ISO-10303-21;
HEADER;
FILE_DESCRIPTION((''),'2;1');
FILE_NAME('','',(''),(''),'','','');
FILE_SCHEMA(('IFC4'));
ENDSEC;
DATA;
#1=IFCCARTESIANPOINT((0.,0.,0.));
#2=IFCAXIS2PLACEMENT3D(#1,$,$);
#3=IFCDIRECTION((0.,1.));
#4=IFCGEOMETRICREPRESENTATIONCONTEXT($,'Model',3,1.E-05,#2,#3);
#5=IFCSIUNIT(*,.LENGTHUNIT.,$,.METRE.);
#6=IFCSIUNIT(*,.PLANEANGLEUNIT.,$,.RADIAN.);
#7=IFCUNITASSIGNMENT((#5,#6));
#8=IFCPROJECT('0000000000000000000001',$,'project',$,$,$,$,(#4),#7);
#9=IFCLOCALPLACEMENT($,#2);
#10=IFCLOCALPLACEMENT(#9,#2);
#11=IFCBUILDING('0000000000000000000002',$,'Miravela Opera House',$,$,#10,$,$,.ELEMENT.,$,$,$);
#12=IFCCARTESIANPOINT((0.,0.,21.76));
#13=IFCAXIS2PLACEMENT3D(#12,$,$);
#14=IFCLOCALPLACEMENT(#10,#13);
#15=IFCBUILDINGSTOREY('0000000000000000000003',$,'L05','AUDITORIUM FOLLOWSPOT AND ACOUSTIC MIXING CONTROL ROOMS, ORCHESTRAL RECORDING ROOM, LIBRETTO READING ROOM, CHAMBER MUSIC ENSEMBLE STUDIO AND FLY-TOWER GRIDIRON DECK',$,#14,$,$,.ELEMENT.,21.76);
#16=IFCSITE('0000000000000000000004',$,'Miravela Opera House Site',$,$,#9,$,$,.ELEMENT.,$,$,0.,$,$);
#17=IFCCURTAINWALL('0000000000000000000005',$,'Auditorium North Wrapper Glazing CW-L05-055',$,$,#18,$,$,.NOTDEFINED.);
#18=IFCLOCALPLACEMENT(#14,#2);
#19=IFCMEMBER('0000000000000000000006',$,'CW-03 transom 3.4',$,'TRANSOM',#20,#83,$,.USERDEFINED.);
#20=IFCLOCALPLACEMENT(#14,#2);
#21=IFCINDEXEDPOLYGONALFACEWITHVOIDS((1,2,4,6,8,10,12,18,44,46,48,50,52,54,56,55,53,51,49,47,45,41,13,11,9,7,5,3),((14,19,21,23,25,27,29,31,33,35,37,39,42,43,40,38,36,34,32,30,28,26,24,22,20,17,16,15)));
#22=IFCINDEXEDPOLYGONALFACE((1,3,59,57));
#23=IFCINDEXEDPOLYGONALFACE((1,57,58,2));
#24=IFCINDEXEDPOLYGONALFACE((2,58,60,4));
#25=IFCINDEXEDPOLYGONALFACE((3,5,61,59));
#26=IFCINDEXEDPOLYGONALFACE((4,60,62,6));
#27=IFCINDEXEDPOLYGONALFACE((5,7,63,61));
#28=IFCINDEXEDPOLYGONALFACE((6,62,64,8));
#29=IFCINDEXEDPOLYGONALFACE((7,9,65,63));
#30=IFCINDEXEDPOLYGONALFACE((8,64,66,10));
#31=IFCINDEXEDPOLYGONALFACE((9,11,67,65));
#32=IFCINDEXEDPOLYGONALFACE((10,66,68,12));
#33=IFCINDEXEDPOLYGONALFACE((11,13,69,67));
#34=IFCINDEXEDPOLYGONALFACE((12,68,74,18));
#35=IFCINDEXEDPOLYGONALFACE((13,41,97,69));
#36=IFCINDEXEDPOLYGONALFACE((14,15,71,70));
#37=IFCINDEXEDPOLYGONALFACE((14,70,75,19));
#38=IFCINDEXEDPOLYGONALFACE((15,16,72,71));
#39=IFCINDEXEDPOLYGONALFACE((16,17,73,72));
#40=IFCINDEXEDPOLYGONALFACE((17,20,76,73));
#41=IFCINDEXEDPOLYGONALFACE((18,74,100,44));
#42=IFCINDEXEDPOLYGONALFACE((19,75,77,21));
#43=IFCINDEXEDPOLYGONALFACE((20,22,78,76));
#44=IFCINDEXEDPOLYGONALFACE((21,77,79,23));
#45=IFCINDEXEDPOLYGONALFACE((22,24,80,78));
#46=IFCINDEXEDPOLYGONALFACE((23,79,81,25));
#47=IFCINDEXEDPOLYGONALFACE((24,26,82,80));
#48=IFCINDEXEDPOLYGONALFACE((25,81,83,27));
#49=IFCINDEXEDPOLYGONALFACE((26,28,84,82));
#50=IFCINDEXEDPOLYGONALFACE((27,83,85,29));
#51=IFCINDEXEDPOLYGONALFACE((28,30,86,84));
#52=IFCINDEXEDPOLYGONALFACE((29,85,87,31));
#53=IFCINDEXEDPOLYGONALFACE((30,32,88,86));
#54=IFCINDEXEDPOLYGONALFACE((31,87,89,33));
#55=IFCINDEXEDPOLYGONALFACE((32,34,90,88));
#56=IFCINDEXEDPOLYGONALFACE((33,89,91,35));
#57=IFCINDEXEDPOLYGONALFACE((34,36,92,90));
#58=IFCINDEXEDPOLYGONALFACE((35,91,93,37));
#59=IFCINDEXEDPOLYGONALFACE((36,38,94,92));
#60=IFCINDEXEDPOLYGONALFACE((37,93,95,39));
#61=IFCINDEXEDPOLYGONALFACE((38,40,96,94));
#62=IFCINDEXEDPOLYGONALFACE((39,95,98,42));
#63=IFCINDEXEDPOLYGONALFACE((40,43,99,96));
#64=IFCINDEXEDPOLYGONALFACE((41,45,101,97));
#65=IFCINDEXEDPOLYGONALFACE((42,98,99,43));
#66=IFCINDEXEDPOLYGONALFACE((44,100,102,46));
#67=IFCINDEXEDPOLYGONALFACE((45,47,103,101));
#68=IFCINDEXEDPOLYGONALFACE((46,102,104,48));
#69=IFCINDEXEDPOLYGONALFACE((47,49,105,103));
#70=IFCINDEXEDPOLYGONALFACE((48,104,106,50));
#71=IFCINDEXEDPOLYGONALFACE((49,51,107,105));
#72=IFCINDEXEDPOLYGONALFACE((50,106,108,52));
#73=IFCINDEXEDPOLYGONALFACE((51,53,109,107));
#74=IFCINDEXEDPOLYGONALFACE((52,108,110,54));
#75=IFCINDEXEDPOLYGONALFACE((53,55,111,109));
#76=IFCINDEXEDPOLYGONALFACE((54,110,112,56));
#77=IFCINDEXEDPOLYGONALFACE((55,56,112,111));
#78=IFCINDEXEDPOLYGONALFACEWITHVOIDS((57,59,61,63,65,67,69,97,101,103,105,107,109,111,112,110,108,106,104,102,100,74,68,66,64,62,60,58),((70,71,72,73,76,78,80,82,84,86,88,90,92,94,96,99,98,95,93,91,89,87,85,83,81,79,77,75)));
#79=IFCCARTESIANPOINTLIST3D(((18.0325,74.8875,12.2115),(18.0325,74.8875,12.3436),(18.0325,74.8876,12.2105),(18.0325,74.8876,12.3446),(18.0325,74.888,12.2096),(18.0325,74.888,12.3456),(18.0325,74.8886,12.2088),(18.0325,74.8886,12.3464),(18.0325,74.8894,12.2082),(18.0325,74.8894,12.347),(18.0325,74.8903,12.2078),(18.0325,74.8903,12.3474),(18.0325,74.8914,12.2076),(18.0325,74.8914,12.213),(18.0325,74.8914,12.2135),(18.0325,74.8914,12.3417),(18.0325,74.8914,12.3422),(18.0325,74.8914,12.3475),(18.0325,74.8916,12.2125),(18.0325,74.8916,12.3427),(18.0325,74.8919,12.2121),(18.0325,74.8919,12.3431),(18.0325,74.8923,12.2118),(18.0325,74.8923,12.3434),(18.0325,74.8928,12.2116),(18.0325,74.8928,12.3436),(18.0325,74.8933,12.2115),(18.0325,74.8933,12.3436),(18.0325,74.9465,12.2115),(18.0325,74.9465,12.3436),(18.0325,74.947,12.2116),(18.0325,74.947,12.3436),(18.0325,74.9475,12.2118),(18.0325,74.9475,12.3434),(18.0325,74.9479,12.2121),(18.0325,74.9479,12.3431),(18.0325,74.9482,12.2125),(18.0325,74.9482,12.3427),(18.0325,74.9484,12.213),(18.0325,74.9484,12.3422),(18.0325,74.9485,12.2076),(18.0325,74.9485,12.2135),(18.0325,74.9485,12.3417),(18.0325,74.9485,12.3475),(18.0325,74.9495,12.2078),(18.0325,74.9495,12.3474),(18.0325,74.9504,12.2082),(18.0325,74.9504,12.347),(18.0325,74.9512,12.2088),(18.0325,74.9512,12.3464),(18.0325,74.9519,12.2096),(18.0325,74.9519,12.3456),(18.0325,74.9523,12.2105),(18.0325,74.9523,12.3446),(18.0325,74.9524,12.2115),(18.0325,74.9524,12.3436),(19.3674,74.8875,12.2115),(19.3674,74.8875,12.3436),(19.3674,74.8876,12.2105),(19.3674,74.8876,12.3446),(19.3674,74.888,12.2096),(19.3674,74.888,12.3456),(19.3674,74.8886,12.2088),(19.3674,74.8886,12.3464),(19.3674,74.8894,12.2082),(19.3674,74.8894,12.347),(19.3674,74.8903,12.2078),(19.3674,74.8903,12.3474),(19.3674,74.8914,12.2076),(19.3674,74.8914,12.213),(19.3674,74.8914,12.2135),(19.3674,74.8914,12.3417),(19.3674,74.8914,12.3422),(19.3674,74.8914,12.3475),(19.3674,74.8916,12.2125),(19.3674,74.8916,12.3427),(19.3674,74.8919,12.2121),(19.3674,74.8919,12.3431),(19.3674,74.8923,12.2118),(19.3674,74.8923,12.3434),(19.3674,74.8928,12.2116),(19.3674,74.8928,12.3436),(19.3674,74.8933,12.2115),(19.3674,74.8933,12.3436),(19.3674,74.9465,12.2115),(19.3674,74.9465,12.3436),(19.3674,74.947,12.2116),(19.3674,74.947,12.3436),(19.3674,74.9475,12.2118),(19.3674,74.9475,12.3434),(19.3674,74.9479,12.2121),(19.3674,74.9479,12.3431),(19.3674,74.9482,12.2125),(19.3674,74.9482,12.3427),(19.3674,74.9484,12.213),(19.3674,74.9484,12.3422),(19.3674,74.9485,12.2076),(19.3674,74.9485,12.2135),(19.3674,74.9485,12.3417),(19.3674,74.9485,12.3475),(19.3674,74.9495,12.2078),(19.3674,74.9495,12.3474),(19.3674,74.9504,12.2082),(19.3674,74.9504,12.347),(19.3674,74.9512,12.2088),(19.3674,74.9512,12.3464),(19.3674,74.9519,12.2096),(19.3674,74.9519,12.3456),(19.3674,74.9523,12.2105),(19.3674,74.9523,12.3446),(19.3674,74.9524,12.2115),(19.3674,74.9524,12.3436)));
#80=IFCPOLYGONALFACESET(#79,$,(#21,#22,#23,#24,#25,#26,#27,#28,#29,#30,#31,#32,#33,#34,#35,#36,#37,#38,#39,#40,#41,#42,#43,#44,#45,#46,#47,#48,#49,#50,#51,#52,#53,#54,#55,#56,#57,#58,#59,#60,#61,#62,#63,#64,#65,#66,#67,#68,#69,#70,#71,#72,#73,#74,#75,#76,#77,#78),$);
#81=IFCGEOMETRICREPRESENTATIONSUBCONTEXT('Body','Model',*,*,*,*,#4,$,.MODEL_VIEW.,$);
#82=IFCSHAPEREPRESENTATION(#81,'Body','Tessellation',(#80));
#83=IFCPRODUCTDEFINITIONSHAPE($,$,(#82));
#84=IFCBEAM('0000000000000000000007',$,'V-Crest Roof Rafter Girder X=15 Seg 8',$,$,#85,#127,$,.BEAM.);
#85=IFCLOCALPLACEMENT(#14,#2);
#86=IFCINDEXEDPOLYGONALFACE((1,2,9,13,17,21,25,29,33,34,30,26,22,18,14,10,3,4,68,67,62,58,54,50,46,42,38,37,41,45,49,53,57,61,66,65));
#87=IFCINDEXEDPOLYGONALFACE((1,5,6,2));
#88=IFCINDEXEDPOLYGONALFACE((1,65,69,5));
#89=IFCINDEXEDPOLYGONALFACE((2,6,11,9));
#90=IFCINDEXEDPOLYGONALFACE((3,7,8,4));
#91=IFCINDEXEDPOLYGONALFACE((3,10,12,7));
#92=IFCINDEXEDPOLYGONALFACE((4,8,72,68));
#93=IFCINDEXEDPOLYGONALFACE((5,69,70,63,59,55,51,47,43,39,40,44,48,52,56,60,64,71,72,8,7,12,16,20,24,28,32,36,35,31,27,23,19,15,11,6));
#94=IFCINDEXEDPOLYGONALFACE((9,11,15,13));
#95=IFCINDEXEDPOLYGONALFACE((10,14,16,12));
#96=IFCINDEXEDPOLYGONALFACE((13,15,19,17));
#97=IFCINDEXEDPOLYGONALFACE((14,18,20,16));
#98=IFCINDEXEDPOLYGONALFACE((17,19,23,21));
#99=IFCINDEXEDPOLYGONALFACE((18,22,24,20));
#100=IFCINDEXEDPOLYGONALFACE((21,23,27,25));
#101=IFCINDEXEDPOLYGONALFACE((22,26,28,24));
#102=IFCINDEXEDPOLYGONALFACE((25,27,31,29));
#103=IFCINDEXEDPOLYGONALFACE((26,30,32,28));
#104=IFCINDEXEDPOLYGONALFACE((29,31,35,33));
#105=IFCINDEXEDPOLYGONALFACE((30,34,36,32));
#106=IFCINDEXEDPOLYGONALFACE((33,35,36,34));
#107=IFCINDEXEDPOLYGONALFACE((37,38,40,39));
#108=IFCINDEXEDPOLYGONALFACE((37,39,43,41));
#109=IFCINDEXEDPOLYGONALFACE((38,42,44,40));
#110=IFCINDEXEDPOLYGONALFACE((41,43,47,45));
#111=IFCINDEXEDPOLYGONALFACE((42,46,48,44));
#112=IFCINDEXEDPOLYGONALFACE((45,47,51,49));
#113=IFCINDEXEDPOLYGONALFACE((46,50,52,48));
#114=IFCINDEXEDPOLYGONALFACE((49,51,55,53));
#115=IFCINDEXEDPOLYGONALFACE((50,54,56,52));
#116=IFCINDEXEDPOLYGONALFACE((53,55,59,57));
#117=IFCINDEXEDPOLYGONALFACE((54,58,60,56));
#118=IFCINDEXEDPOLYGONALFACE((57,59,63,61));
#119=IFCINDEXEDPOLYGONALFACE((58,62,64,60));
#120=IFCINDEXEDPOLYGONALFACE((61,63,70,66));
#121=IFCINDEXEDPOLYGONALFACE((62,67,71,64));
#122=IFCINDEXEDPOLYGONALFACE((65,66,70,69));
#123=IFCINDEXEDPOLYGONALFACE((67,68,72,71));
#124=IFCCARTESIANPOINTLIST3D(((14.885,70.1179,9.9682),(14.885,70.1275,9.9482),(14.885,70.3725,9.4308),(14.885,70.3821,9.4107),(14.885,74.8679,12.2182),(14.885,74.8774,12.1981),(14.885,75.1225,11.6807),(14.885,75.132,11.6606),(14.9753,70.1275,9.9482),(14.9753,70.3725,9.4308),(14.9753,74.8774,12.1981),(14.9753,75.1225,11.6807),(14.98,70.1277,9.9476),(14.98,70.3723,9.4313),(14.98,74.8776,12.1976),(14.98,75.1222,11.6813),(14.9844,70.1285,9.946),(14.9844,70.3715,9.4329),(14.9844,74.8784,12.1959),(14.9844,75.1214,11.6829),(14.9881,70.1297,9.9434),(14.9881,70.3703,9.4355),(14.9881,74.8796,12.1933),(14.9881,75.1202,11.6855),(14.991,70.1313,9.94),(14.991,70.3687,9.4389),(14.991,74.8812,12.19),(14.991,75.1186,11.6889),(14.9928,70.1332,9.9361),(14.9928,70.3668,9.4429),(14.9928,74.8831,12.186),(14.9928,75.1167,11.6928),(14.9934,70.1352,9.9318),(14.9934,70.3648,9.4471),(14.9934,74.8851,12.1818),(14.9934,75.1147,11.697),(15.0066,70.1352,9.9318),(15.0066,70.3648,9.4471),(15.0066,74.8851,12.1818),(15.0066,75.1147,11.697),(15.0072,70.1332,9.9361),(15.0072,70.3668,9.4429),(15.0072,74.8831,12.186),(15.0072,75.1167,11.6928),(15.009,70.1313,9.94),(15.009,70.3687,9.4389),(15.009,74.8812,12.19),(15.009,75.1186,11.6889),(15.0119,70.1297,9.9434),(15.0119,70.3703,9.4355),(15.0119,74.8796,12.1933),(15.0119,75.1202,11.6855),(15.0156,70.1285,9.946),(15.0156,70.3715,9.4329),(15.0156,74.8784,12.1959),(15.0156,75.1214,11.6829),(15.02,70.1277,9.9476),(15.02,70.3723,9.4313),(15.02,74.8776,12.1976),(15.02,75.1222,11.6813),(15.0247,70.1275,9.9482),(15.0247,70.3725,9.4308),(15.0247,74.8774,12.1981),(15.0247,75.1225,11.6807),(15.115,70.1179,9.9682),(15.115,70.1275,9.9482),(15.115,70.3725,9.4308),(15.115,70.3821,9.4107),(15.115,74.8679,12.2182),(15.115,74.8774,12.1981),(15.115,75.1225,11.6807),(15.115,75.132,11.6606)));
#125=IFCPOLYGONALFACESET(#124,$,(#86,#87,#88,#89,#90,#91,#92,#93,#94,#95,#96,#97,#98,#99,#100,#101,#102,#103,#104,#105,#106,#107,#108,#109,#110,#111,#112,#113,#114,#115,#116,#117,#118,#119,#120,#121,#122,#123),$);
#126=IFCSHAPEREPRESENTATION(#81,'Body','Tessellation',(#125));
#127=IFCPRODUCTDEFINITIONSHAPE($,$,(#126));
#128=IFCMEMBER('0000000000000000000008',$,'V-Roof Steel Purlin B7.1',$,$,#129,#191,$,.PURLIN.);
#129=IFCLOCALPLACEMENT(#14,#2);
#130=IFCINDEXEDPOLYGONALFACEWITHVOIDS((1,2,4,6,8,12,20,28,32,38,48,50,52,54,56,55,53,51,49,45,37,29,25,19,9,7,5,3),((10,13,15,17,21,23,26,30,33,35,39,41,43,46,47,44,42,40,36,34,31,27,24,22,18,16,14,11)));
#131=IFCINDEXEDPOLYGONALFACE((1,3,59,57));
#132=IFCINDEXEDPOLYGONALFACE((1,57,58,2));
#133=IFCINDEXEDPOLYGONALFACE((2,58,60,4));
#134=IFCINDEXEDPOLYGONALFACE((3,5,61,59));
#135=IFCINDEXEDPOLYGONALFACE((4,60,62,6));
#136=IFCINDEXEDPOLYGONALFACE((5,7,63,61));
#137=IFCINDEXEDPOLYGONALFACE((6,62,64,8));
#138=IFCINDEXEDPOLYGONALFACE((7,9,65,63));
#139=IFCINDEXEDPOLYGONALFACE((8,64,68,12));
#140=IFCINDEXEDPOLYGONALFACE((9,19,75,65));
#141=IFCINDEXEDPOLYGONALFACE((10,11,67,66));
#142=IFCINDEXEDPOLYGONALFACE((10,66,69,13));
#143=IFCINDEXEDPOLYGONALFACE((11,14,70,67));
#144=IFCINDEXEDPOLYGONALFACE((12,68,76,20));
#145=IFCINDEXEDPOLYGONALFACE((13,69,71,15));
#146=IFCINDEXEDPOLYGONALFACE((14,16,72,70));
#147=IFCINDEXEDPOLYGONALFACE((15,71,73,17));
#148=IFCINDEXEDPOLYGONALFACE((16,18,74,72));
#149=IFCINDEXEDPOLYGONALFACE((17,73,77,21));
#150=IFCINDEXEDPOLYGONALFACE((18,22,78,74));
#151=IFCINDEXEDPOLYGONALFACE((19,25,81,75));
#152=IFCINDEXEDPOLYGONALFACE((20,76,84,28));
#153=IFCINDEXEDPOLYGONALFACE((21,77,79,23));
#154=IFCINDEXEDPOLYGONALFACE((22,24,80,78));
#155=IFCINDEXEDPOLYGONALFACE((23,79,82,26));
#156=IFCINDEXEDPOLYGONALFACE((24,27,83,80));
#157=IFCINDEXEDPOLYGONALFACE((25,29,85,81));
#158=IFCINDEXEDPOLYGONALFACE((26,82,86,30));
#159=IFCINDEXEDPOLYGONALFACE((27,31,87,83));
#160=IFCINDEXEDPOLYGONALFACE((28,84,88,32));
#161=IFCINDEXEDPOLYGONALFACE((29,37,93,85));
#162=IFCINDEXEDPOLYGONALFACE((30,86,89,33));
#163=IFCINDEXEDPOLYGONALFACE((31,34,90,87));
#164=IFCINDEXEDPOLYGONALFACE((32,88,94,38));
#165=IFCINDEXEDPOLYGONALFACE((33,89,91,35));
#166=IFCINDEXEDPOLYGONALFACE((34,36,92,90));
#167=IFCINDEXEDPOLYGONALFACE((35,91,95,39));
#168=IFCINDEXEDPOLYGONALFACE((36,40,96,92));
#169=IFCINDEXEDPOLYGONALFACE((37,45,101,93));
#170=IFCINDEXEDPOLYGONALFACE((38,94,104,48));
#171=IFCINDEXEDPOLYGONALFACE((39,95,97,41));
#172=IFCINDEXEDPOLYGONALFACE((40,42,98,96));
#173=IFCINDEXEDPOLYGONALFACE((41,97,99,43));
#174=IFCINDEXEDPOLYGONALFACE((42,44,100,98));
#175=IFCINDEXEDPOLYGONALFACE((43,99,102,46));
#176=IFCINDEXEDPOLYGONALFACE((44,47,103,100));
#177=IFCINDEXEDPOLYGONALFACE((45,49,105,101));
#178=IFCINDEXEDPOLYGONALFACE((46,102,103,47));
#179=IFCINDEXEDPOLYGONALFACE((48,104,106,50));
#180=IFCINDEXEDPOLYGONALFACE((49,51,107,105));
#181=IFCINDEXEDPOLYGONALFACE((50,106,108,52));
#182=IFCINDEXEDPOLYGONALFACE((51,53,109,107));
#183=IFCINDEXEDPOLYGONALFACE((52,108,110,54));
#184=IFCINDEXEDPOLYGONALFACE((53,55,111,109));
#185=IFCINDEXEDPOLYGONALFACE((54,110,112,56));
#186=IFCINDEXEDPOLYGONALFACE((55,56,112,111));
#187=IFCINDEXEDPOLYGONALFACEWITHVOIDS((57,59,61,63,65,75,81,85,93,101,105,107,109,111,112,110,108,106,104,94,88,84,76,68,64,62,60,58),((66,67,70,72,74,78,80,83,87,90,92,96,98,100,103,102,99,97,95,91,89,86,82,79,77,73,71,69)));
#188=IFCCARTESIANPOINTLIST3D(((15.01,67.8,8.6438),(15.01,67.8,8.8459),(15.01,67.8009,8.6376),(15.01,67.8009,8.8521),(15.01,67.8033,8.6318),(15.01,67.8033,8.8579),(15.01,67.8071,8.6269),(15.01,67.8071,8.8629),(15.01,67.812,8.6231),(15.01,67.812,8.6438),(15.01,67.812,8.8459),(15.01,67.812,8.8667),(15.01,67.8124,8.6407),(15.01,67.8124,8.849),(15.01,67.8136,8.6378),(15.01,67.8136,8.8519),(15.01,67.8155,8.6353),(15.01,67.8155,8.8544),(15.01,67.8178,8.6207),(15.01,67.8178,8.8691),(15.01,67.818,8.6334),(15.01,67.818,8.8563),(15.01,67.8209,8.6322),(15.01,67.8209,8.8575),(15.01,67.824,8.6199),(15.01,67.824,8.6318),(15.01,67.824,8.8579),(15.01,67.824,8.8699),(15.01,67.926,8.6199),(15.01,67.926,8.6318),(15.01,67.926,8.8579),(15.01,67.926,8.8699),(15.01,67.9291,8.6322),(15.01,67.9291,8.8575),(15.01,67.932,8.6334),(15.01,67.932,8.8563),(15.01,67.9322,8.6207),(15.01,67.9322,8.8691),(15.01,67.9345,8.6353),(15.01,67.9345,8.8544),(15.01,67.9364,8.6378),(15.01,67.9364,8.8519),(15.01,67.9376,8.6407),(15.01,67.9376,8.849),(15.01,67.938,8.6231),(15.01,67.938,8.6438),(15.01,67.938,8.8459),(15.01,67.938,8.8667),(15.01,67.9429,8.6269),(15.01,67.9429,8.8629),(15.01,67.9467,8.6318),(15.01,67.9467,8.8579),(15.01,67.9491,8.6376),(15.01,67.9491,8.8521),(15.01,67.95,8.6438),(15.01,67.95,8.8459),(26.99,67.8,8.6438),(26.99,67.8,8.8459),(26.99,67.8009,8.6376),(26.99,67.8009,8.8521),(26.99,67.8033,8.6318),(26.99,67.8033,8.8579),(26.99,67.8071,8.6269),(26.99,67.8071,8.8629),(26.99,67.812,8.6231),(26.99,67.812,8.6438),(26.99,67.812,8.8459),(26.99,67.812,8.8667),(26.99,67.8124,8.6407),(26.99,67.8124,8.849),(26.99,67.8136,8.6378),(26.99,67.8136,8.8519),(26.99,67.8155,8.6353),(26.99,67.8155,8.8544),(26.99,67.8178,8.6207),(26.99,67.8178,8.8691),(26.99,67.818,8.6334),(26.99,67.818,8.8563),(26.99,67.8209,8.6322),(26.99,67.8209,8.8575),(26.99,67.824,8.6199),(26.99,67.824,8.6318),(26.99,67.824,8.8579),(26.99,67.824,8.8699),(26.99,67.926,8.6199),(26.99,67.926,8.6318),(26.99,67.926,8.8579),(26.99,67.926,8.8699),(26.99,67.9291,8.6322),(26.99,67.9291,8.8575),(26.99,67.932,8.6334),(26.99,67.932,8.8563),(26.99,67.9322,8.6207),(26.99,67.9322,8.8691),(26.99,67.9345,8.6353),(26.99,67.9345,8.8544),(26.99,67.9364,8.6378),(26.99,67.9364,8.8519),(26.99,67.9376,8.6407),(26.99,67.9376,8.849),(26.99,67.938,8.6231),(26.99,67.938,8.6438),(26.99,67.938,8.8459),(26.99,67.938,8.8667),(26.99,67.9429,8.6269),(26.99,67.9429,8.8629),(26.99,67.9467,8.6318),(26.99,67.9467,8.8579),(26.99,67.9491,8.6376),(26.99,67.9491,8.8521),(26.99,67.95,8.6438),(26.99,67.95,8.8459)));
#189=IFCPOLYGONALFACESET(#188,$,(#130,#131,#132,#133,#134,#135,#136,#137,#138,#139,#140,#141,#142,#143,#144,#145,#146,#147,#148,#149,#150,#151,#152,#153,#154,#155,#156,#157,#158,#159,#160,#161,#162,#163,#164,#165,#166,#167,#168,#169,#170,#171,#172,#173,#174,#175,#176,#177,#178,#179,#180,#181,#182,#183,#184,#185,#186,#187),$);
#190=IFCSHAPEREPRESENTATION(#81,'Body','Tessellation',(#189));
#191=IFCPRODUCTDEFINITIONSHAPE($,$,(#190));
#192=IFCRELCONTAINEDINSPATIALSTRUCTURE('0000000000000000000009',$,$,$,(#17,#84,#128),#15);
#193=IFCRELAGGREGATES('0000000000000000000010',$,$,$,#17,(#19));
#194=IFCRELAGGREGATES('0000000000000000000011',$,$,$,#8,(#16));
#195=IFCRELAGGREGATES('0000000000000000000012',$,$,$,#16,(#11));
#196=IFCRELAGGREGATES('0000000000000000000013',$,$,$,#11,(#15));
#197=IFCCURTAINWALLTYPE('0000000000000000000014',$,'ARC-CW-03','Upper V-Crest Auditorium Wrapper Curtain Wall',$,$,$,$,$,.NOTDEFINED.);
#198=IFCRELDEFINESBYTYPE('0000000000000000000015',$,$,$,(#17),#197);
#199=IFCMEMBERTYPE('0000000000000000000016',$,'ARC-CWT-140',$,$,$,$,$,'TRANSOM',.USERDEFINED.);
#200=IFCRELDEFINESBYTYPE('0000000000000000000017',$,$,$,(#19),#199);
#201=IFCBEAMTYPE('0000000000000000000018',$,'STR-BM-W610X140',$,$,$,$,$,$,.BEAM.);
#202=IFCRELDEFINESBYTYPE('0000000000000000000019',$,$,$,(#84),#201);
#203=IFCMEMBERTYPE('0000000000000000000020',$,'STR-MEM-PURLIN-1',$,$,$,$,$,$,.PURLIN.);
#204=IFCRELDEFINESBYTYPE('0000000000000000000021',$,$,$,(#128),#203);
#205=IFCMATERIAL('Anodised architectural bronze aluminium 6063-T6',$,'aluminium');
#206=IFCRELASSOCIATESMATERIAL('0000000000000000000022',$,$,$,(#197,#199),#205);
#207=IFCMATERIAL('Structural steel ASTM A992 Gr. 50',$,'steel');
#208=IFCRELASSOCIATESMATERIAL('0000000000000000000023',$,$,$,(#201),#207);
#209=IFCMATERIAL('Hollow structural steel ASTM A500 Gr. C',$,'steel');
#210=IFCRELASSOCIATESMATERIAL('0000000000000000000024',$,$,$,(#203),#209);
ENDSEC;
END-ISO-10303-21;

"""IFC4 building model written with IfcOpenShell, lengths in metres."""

from ifc_helpers import new_model, si_unit, direction, frame, origin, origin_2d, place, context, subcontext, project, spatial, hollow_rectangle, i_section, extrude, material, material_profile, profile_set, type_object, element, aggregate, save


model = new_model("IFC4")

# Units and contexts
model_context = context("Model", 3, precision=1e-05, world=origin(), true_north=direction((0.0, 1.0)))
body_context = subcontext(model_context, "Body", "Model", "MODEL_VIEW")
ifc_project = project(units=[si_unit("LENGTHUNIT", "METRE"), si_unit("PLANEANGLEUNIT", "RADIAN")], contexts=[model_context])

# Site, building, storey
site_placement = place(None, origin())
site = spatial("IfcSite", under=ifc_project, at=site_placement, Name="Miravela Opera House Site", CompositionType="ELEMENT", RefElevation=0.0)
building_placement = place(site_placement, origin())
building = spatial("IfcBuilding", under=site, at=building_placement, Name="Miravela Opera House", CompositionType="ELEMENT")
storey_placement = place(building_placement, frame((0.0, 0.0, 21.76)))
storey = spatial("IfcBuildingStorey", under=building, at=storey_placement, Name="L05", Description="AUDITORIUM FOLLOWSPOT AND ACOUSTIC MIXING CONTROL ROOMS, ORCHESTRAL RECORDING ROOM, LIBRETTO READING ROOM, CHAMBER MUSIC ENSEMBLE STUDIO AND FLY-TOWER GRIDIRON DECK", CompositionType="ELEMENT", Elevation=21.76)

# Curtain wall, member
ifc_material_1 = material(Name="Anodised architectural bronze aluminium 6063-T6", Category="aluminium")
curtain_wall_type = type_object("IfcCurtainWallType", Name="ARC-CW-03", Description="Upper V-Crest Auditorium Wrapper Curtain Wall", PredefinedType="NOTDEFINED", material=ifc_material_1)
ifc_material_profile_1 = material_profile(ifc_material_1, hollow_rectangle(XDim=0.0649, YDim=0.1399, WallThickness=0.0039, InnerFilletRadius=0.002, OuterFilletRadius=0.0039, at=origin_2d()), Name="CWT-65X140")
ifc_profile_set_1 = profile_set([ifc_material_profile_1])
member_type_1 = type_object("IfcMemberType", Name="ARC-CWT-140", ElementType="TRANSOM", PredefinedType="USERDEFINED", material=ifc_profile_set_1)
curtain_wall_1_placement = place(storey_placement, origin())
curtain_wall_1 = element("IfcCurtainWall", 1, at=curtain_wall_1_placement, inside=storey, type_object=curtain_wall_type, Name="Auditorium North Wrapper Glazing CW-L05-055", PredefinedType="NOTDEFINED")
member_1_placement = place(storey_placement, frame((18.0325, 74.9199, 12.2776), z_axis=(1.0, 0.0, 0.0), x_axis=(0.0, 1.0, 0.0)))
member_1 = element("IfcMember", 2, at=member_1_placement, type_object=member_type_1, Name="CW-03 transom 3.4", ObjectType="TRANSOM", PredefinedType="USERDEFINED", context=body_context, shape_type="SweptSolid", body=[
    extrude(hollow_rectangle(XDim=0.0649, YDim=0.1399, WallThickness=0.0039, InnerFilletRadius=0.002, OuterFilletRadius=0.0039, at=origin_2d()), origin(), (0.0, 0.0, 1.0), 1.335),
])

# Beam
ifc_material_2 = material(Name="Structural steel ASTM A992 Gr. 50", Category="steel")
ifc_material_profile_2 = material_profile(ifc_material_2, i_section(OverallWidth=0.23, OverallDepth=0.6169, WebThickness=0.0132, FlangeThickness=0.0222, FilletRadius=0.0181, at=origin_2d()), Name="W610X140")
ifc_profile_set_2 = profile_set([ifc_material_profile_2])
beam_type = type_object("IfcBeamType", Name="STR-BM-W610X140", PredefinedType="BEAM", material=ifc_profile_set_2)
beam_placement = place(storey_placement, frame((15.0, 70.25, 9.6895), z_axis=(0.0, 0.903738, 0.428086), x_axis=(-1.0, 0.0, 0.0)))
element("IfcBeam", 3, at=beam_placement, inside=storey, type_object=beam_type, Name="V-Crest Roof Rafter Girder X=15 Seg 8", PredefinedType="BEAM", context=body_context, shape_type="SweptSolid", body=[
    extrude(i_section(OverallWidth=0.23, OverallDepth=0.6169, WebThickness=0.0132, FlangeThickness=0.0222, FilletRadius=0.0181, at=origin_2d()), origin(), (0.0, 0.0, 1.0), 5.2559),
])

# Member
ifc_material_3 = material(Name="Hollow structural steel ASTM A500 Gr. C", Category="steel")
ifc_material_profile_3 = material_profile(ifc_material_3, hollow_rectangle(XDim=0.1499, YDim=0.25, WallThickness=0.012, InnerFilletRadius=0.012, OuterFilletRadius=0.0239, at=origin_2d()), Name="HSS250X150X12")
ifc_profile_set_3 = profile_set([ifc_material_profile_3])
member_type_2 = type_object("IfcMemberType", Name="STR-MEM-PURLIN-1", PredefinedType="PURLIN", material=ifc_profile_set_3)
for number, where, z_axis, x_axis, name in (
    (4, (15.01, 67.875, 8.7449), (1.0, 0.0, 0.0), (0.0, 1.0, 0.0), "V-Roof Steel Purlin B7.1"),
):
    element("IfcMember", number, at=place(storey_placement, frame(where, z_axis=z_axis, x_axis=x_axis)), inside=storey, type_object=member_type_2, Name=name, PredefinedType="PURLIN", context=body_context, shape_type="SweptSolid", body=[
        extrude(hollow_rectangle(XDim=0.1499, YDim=0.25, WallThickness=0.012, InnerFilletRadius=0.012, OuterFilletRadius=0.0239, at=origin_2d()), origin(), (0.0, 0.0, 1.0), 11.98),
    ])

aggregate(curtain_wall_1, [member_1])

save(model, "model.ifc")
